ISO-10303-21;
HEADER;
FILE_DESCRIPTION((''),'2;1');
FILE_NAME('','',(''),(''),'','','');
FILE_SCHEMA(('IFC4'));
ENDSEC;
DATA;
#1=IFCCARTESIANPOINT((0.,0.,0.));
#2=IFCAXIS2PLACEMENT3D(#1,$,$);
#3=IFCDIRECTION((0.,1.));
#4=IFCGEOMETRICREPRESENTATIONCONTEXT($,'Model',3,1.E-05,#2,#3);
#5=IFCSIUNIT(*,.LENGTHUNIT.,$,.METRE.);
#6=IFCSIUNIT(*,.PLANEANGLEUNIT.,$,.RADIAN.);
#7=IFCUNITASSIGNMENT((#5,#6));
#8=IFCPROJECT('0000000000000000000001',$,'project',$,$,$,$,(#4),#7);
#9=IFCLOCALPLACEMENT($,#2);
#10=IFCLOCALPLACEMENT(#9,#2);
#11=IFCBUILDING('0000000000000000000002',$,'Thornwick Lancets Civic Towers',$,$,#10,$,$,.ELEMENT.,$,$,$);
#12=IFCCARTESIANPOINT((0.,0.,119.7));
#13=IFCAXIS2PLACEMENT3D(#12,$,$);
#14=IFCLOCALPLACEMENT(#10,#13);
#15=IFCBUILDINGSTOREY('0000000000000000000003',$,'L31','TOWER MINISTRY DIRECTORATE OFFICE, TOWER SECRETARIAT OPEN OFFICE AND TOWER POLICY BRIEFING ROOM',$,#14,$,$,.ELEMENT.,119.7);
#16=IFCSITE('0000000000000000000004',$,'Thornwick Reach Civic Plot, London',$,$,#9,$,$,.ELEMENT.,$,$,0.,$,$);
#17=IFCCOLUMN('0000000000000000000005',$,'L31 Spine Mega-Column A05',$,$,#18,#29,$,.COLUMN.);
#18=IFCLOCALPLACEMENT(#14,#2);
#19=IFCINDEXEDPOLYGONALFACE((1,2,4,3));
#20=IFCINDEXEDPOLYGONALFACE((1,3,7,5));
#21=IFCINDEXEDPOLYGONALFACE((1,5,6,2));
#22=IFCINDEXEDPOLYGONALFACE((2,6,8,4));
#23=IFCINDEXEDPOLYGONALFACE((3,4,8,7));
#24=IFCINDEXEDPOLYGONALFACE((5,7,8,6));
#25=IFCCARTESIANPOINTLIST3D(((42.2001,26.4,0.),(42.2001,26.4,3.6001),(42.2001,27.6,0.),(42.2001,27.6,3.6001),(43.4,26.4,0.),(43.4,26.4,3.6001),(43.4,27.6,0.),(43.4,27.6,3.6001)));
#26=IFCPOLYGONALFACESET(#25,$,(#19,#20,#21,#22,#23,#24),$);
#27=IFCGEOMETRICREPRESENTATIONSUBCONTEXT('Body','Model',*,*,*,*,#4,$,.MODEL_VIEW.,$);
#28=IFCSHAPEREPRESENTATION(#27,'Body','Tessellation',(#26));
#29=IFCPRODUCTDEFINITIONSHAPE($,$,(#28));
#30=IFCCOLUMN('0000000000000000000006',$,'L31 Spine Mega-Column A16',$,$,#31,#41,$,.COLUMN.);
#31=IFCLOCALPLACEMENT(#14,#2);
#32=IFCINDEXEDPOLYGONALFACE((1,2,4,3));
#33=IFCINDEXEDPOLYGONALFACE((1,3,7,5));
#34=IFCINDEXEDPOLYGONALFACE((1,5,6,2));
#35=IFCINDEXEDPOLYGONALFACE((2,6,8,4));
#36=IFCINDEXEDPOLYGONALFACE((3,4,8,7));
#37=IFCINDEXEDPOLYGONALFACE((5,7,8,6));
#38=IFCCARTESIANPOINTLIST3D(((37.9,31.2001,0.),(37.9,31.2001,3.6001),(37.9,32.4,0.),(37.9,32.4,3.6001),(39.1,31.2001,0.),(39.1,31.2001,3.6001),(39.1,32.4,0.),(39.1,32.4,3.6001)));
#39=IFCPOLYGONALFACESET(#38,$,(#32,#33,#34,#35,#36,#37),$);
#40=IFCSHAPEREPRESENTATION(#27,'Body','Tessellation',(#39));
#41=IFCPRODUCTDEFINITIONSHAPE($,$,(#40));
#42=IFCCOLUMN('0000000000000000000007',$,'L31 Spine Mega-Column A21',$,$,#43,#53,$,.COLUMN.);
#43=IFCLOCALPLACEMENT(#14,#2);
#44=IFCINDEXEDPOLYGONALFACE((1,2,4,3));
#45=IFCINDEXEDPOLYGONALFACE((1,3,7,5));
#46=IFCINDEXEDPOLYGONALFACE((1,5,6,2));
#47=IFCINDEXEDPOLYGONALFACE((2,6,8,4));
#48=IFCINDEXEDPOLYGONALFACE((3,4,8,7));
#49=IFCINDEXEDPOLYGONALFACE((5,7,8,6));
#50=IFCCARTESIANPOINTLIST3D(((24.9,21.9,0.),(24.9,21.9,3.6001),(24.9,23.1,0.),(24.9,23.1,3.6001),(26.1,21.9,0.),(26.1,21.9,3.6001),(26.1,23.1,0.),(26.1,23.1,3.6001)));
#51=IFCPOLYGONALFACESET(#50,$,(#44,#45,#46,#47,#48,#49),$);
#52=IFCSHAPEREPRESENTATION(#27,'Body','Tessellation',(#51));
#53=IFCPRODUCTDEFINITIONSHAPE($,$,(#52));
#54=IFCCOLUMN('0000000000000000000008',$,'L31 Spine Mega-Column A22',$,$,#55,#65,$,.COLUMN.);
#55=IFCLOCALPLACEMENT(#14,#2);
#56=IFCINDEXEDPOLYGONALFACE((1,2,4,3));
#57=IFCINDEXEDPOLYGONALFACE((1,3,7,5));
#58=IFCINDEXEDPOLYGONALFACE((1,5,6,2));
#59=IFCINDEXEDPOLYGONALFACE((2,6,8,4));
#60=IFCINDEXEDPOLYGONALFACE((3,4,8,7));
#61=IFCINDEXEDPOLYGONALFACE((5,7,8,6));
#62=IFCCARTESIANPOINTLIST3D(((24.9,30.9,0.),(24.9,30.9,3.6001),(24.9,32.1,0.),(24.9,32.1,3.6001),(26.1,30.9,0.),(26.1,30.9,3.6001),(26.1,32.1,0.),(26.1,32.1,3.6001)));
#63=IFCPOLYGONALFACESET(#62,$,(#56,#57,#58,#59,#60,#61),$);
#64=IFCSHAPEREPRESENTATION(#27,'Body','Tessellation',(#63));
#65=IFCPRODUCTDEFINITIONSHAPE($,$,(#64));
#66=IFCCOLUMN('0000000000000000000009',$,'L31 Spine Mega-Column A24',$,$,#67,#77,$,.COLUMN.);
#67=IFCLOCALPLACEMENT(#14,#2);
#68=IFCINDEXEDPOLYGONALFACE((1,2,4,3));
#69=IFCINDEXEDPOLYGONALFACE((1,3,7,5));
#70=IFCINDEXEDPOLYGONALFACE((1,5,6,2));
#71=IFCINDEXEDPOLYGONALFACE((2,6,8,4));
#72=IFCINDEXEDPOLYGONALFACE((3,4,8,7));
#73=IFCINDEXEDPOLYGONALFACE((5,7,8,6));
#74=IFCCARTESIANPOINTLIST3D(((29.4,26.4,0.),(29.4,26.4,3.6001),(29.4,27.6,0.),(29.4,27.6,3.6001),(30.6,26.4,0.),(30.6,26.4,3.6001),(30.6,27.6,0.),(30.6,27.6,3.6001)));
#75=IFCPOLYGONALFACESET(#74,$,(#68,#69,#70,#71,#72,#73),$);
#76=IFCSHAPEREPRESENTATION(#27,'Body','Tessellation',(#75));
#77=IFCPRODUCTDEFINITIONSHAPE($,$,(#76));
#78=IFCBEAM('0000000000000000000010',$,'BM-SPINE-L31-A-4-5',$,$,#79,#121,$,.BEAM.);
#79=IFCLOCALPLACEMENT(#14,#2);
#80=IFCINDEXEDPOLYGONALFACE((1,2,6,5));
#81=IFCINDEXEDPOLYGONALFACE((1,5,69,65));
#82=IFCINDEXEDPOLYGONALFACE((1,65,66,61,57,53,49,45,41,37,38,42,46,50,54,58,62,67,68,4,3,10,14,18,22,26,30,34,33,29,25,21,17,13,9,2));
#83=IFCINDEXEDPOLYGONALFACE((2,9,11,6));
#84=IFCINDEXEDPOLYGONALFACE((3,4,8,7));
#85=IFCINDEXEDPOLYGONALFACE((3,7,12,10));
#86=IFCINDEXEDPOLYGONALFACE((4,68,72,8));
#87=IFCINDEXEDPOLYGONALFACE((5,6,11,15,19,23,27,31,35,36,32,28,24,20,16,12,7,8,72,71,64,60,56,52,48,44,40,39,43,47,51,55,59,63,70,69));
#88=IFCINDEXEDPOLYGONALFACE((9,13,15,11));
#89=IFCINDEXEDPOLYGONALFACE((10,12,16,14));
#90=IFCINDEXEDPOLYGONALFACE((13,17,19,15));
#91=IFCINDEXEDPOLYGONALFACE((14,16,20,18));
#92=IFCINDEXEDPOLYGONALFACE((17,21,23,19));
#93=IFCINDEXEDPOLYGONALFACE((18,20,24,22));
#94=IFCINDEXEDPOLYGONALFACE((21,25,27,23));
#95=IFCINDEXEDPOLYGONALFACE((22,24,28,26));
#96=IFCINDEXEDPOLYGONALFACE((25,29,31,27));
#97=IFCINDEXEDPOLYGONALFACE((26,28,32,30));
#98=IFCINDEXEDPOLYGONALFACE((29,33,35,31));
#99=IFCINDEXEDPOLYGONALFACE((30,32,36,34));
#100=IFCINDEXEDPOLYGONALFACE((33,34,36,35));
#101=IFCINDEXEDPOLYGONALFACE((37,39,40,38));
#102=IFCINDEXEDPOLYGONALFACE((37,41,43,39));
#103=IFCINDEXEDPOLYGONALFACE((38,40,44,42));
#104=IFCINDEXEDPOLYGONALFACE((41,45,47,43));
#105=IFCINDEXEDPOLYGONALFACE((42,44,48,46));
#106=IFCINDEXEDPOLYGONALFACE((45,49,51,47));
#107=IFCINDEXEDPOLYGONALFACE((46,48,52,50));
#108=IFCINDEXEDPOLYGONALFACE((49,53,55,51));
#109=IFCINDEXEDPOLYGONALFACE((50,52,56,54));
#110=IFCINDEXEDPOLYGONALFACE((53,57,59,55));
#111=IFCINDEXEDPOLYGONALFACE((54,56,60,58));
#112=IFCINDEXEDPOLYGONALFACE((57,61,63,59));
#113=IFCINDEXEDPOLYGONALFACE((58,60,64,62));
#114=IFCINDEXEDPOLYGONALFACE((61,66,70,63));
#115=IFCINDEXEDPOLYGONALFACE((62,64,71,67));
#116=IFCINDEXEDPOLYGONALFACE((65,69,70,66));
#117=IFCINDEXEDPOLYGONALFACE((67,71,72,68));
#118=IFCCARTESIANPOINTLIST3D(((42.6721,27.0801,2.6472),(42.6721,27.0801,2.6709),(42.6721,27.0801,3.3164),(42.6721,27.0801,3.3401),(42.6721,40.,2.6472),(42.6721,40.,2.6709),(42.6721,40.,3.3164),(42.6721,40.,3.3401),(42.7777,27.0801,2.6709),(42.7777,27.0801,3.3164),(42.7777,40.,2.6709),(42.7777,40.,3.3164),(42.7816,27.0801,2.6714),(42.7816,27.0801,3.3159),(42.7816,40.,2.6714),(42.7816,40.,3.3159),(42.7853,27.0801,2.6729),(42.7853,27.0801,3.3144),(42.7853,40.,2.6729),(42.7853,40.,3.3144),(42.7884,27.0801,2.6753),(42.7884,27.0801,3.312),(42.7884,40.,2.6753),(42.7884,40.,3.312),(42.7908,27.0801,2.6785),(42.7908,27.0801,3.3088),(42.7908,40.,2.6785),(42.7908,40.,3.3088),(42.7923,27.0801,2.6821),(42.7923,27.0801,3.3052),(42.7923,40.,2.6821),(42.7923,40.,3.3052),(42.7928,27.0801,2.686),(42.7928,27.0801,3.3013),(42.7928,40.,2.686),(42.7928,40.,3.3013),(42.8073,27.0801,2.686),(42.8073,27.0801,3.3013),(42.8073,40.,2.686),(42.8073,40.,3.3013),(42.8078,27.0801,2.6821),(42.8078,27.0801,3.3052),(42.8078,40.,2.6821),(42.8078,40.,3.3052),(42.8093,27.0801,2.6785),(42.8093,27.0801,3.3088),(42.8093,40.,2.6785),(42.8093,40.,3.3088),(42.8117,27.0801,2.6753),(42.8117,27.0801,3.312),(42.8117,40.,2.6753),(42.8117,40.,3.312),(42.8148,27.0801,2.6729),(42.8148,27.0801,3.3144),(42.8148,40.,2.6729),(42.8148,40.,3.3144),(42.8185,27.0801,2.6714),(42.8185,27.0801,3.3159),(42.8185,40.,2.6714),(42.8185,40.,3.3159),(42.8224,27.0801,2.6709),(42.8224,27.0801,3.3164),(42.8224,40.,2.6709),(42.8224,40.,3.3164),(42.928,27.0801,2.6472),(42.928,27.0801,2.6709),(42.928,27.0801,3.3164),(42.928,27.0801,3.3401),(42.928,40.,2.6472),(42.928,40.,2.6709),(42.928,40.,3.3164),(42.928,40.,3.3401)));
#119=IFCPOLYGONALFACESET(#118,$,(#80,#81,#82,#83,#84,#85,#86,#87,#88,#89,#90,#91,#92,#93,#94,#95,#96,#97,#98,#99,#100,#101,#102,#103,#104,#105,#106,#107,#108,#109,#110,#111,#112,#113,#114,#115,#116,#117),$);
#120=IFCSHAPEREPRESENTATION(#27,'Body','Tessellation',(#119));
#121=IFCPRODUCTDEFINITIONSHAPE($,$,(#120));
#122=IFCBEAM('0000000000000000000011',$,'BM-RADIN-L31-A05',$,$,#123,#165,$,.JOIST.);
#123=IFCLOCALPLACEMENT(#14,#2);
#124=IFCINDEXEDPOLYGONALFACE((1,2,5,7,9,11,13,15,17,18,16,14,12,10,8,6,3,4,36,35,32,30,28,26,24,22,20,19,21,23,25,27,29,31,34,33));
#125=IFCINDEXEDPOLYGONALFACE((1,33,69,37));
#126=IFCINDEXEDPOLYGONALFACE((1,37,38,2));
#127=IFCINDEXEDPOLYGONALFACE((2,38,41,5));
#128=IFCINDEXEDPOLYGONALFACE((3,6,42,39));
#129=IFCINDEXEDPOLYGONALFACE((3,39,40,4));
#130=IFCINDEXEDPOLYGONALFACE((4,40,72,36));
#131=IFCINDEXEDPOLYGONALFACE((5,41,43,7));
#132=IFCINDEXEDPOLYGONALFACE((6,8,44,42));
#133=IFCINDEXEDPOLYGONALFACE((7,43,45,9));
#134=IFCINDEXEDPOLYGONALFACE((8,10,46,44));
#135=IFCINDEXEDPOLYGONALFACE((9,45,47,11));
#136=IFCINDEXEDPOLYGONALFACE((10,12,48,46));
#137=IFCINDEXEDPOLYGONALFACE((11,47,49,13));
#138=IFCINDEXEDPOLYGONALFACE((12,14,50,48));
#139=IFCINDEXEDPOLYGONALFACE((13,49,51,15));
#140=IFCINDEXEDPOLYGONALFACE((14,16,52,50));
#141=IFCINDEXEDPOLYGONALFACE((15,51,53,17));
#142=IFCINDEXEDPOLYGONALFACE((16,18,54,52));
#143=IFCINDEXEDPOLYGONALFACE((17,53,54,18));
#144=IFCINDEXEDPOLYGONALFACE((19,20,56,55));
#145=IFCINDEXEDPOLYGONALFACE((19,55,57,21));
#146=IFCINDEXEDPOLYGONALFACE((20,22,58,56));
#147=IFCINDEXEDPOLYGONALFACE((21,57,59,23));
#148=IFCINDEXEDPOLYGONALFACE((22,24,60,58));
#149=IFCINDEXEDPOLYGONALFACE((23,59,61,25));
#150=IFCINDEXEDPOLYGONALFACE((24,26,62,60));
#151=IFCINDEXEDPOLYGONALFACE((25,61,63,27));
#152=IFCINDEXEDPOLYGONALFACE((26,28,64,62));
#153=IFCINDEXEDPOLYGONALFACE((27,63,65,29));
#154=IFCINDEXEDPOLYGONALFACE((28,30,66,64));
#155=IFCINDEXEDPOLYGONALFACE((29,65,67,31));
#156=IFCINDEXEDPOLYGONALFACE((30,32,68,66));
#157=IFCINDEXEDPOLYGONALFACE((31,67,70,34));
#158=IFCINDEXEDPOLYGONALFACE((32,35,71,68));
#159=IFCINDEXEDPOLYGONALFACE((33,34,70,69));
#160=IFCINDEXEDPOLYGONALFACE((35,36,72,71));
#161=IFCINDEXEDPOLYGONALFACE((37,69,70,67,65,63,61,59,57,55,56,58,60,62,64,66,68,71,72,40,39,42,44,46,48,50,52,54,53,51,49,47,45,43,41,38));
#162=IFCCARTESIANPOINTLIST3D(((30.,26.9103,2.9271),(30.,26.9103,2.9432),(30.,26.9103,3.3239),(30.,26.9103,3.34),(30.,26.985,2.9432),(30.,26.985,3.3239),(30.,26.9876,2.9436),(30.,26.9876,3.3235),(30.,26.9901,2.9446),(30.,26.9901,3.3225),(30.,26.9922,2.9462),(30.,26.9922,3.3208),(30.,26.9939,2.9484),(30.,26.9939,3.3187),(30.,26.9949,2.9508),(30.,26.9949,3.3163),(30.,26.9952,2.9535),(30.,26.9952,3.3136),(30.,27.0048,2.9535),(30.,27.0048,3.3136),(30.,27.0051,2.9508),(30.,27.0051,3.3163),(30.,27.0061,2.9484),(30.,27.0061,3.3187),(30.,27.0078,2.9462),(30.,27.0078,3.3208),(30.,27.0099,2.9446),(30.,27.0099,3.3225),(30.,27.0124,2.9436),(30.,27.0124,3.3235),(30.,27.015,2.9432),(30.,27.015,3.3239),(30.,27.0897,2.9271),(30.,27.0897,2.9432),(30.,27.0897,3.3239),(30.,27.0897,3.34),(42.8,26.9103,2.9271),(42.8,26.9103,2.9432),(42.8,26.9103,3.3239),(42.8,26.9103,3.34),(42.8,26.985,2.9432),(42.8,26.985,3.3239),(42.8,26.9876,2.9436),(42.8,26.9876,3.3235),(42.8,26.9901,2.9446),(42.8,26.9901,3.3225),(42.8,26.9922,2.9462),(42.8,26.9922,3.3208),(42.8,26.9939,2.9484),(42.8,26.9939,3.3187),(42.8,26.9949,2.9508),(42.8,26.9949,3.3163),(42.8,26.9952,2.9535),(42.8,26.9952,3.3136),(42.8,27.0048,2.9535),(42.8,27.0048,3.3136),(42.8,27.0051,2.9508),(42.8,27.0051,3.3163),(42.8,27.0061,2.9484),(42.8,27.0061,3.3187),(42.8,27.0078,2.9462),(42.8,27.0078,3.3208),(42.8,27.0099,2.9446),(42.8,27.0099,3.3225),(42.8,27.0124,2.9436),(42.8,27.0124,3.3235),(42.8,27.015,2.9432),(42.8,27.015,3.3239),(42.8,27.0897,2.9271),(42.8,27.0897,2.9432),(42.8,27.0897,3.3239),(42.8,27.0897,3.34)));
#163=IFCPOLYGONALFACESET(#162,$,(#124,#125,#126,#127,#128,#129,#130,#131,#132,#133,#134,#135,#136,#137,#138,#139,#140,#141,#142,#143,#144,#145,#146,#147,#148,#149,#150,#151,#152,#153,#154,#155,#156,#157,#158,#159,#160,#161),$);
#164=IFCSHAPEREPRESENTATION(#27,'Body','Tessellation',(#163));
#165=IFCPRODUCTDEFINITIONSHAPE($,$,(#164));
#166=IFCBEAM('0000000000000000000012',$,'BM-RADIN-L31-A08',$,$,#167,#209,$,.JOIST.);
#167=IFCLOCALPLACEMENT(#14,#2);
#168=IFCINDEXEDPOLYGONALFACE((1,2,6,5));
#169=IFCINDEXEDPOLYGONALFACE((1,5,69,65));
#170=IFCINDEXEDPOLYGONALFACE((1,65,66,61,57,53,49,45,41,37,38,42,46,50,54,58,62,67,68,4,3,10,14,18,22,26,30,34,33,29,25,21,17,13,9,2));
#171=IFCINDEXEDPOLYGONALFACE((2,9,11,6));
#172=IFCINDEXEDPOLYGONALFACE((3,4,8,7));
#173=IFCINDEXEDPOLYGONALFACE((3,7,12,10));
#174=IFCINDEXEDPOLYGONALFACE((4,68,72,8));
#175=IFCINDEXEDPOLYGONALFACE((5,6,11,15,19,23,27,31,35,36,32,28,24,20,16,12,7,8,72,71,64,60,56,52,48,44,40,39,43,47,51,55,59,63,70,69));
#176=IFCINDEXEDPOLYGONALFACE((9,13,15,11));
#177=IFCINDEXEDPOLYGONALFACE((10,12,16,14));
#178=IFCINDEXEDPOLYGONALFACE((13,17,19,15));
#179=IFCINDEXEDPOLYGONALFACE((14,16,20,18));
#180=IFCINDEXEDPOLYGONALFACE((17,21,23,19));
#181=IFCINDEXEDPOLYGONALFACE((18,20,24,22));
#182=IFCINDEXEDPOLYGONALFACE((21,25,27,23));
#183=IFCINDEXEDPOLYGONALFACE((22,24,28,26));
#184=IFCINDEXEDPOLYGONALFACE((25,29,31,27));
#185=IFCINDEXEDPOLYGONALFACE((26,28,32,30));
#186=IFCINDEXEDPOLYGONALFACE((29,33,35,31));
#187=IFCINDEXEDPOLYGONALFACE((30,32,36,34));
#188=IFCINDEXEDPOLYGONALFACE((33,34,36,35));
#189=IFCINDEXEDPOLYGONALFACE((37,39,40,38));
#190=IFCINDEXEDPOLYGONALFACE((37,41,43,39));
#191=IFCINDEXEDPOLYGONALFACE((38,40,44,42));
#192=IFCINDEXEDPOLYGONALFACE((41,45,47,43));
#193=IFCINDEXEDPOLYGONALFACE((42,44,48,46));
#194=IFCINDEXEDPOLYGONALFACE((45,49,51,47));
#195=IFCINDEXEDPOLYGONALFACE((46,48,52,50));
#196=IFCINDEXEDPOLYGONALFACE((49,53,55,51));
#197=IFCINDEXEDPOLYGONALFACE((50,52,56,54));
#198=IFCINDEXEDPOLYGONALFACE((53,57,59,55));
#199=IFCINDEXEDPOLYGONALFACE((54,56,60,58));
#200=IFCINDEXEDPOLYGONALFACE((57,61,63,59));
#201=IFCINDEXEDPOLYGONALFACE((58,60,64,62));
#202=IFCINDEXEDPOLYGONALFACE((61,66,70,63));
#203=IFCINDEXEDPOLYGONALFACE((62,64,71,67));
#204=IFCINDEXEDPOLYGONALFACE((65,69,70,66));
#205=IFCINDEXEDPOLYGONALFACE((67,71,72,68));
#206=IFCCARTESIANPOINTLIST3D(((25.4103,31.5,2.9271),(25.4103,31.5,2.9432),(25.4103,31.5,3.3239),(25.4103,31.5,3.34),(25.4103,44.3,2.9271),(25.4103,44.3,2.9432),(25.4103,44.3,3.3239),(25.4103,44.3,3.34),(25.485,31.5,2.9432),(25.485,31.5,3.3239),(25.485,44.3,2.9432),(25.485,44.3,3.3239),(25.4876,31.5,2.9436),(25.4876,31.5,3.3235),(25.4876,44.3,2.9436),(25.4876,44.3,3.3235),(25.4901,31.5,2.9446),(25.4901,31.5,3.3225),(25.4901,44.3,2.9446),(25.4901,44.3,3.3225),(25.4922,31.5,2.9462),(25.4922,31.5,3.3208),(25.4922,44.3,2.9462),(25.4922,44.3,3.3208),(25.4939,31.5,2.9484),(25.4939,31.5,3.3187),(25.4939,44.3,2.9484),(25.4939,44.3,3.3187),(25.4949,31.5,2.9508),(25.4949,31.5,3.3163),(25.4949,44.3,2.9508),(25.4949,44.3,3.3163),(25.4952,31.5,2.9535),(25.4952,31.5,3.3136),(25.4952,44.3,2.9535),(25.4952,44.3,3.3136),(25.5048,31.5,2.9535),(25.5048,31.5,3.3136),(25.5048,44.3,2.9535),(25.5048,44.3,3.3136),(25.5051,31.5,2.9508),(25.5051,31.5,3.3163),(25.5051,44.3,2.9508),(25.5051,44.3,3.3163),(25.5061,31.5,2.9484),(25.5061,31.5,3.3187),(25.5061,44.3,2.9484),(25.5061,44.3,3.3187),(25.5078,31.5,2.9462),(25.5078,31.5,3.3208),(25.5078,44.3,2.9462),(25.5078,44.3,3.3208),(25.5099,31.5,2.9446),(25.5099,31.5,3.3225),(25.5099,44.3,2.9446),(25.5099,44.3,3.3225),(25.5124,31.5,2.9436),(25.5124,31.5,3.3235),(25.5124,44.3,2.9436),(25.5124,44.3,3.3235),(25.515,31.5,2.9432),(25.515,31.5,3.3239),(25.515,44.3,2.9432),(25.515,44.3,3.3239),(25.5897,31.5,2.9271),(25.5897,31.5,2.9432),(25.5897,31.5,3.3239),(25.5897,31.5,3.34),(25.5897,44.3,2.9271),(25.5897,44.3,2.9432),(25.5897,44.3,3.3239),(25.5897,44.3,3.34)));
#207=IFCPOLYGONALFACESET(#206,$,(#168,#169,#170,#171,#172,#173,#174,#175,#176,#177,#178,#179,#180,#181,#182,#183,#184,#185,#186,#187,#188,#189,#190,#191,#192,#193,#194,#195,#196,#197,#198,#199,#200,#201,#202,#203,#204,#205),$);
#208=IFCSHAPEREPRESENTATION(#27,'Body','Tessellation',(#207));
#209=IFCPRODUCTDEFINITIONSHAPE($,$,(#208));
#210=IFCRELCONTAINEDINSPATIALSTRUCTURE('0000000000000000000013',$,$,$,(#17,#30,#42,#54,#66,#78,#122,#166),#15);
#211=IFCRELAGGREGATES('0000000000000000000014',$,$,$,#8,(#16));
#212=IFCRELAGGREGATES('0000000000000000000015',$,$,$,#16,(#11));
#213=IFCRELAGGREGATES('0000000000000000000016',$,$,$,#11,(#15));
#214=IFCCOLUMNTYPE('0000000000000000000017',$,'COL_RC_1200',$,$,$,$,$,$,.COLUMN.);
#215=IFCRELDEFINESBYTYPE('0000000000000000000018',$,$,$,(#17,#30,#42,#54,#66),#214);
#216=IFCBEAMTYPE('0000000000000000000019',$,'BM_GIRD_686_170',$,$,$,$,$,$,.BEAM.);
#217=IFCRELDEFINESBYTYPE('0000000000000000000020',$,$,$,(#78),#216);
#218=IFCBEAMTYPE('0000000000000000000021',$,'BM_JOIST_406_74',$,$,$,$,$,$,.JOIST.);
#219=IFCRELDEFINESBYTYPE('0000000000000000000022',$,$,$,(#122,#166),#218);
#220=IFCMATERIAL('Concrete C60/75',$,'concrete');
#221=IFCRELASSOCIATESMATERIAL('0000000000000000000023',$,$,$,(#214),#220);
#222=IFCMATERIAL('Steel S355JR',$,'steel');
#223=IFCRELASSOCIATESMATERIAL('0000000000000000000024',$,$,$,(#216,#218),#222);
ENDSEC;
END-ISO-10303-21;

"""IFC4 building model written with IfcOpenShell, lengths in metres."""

from ifc_helpers import new_model, si_unit, direction, frame, origin, origin_2d, place, context, subcontext, project, spatial, rectangle, i_section, extrude, material, material_profile, profile_set, type_object, element, save


model = new_model("IFC4")

# Units and contexts
model_context = context("Model", 3, precision=1e-05, world=origin(), true_north=direction((0.0, 1.0)))
body_context = subcontext(model_context, "Body", "Model", "MODEL_VIEW")
ifc_project = project(units=[si_unit("LENGTHUNIT", "METRE"), si_unit("PLANEANGLEUNIT", "RADIAN")], contexts=[model_context])

# Site, building, storey
site_placement = place(None, origin())
site = spatial("IfcSite", under=ifc_project, at=site_placement, Name="Thornwick Reach Civic Plot, London", CompositionType="ELEMENT", RefElevation=0.0)
building_placement = place(site_placement, origin())
building = spatial("IfcBuilding", under=site, at=building_placement, Name="Thornwick Lancets Civic Towers", CompositionType="ELEMENT")
storey_placement = place(building_placement, frame((0.0, 0.0, 119.7)))
storey = spatial("IfcBuildingStorey", under=building, at=storey_placement, Name="L31", Description="TOWER MINISTRY DIRECTORATE OFFICE, TOWER SECRETARIAT OPEN OFFICE AND TOWER POLICY BRIEFING ROOM", CompositionType="ELEMENT", Elevation=119.7)

# Columns
ifc_material_1 = material(Name="Concrete C60/75", Category="concrete")
ifc_material_profile_1 = material_profile(ifc_material_1, rectangle(XDim=1.2, YDim=1.2, at=origin_2d()), Name="RC 1200x1200")
ifc_profile_set_1 = profile_set([ifc_material_profile_1], Name="Concrete C60/75")
column_type = type_object("IfcColumnType", Name="COL_RC_1200", PredefinedType="COLUMN", material=ifc_profile_set_1)
for number, where, z_axis, x_axis, name in (
    (1, (42.8, 27.0, 0.0), (0.0, 0.0, 1.0), (1.0, 0.0, 0.0), "L31 Spine Mega-Column A05"),
    (2, (38.5, 31.8, 0.0), (0.0, 0.0, 1.0), (1.0, 0.0, 0.0), "L31 Spine Mega-Column A16"),
    (3, (25.5, 22.5, 0.0), (0.0, 0.0, 1.0), (1.0, 0.0, 0.0), "L31 Spine Mega-Column A21"),
    (4, (25.5, 31.5, 0.0), (0.0, 0.0, 1.0), (1.0, 0.0, 0.0), "L31 Spine Mega-Column A22"),
    (5, (30.0, 27.0, 0.0), (0.0, 0.0, 1.0), (1.0, 0.0, 0.0), "L31 Spine Mega-Column A24"),
):
    element("IfcColumn", number, at=place(storey_placement, frame(where, z_axis=z_axis, x_axis=x_axis)), inside=storey, type_object=column_type, Name=name, PredefinedType="COLUMN", context=body_context, shape_type="SweptSolid", body=[
        extrude(rectangle(XDim=1.2, YDim=1.2, at=origin_2d()), origin(), (0.0, 0.0, 1.0), 3.6001),
    ])

# Beams
ifc_material_2 = material(Name="Steel S355JR", Category="steel")
ifc_material_profile_2 = material_profile(ifc_material_2, i_section(OverallWidth=0.2559, OverallDepth=0.6929, WebThickness=0.0144, FlangeThickness=0.0237, FilletRadius=0.0151, at=origin_2d()), Name="UKB 686x254x170")
ifc_profile_set_2 = profile_set([ifc_material_profile_2], Name="Steel S355JR")
beam_type_1 = type_object("IfcBeamType", Name="BM_GIRD_686_170", PredefinedType="BEAM", material=ifc_profile_set_2)
beam_1_placement = place(storey_placement, frame((42.8, 27.0801, 2.9937), z_axis=(0.0, 1.0, 0.0), x_axis=(-1.0, 0.0, 0.0)))
element("IfcBeam", 6, at=beam_1_placement, inside=storey, type_object=beam_type_1, Name="BM-SPINE-L31-A-4-5", PredefinedType="BEAM", context=body_context, shape_type="SweptSolid", body=[
    extrude(i_section(OverallWidth=0.2559, OverallDepth=0.6929, WebThickness=0.0144, FlangeThickness=0.0237, FilletRadius=0.0151, at=origin_2d()), origin(), (0.0, 0.0, 1.0), 12.9199),
])
ifc_material_profile_3 = material_profile(ifc_material_2, i_section(OverallWidth=0.1794, OverallDepth=0.4128, WebThickness=0.0095, FlangeThickness=0.0161, FilletRadius=0.0103, at=origin_2d()), Name="UKB 406x178x74")
ifc_profile_set_3 = profile_set([ifc_material_profile_3], Name="Steel S355JR")
beam_type_2 = type_object("IfcBeamType", Name="BM_JOIST_406_74", PredefinedType="JOIST", material=ifc_profile_set_3)
for number, where, z_axis, x_axis, name in (
    (7, (30.0, 27.0, 3.1335), (1.0, 0.0, 0.0), (0.0, 1.0, 0.0), "BM-RADIN-L31-A05"),
    (8, (25.5, 31.5, 3.1335), (0.0, 1.0, 0.0), (-1.0, 0.0, 0.0), "BM-RADIN-L31-A08"),
):
    element("IfcBeam", number, at=place(storey_placement, frame(where, z_axis=z_axis, x_axis=x_axis)), inside=storey, type_object=beam_type_2, Name=name, PredefinedType="JOIST", context=body_context, shape_type="SweptSolid", body=[
        extrude(i_section(OverallWidth=0.1794, OverallDepth=0.4128, WebThickness=0.0095, FlangeThickness=0.0161, FilletRadius=0.0103, at=origin_2d()), origin(), (0.0, 0.0, 1.0), 12.8),
    ])

save(model, "model.ifc")
